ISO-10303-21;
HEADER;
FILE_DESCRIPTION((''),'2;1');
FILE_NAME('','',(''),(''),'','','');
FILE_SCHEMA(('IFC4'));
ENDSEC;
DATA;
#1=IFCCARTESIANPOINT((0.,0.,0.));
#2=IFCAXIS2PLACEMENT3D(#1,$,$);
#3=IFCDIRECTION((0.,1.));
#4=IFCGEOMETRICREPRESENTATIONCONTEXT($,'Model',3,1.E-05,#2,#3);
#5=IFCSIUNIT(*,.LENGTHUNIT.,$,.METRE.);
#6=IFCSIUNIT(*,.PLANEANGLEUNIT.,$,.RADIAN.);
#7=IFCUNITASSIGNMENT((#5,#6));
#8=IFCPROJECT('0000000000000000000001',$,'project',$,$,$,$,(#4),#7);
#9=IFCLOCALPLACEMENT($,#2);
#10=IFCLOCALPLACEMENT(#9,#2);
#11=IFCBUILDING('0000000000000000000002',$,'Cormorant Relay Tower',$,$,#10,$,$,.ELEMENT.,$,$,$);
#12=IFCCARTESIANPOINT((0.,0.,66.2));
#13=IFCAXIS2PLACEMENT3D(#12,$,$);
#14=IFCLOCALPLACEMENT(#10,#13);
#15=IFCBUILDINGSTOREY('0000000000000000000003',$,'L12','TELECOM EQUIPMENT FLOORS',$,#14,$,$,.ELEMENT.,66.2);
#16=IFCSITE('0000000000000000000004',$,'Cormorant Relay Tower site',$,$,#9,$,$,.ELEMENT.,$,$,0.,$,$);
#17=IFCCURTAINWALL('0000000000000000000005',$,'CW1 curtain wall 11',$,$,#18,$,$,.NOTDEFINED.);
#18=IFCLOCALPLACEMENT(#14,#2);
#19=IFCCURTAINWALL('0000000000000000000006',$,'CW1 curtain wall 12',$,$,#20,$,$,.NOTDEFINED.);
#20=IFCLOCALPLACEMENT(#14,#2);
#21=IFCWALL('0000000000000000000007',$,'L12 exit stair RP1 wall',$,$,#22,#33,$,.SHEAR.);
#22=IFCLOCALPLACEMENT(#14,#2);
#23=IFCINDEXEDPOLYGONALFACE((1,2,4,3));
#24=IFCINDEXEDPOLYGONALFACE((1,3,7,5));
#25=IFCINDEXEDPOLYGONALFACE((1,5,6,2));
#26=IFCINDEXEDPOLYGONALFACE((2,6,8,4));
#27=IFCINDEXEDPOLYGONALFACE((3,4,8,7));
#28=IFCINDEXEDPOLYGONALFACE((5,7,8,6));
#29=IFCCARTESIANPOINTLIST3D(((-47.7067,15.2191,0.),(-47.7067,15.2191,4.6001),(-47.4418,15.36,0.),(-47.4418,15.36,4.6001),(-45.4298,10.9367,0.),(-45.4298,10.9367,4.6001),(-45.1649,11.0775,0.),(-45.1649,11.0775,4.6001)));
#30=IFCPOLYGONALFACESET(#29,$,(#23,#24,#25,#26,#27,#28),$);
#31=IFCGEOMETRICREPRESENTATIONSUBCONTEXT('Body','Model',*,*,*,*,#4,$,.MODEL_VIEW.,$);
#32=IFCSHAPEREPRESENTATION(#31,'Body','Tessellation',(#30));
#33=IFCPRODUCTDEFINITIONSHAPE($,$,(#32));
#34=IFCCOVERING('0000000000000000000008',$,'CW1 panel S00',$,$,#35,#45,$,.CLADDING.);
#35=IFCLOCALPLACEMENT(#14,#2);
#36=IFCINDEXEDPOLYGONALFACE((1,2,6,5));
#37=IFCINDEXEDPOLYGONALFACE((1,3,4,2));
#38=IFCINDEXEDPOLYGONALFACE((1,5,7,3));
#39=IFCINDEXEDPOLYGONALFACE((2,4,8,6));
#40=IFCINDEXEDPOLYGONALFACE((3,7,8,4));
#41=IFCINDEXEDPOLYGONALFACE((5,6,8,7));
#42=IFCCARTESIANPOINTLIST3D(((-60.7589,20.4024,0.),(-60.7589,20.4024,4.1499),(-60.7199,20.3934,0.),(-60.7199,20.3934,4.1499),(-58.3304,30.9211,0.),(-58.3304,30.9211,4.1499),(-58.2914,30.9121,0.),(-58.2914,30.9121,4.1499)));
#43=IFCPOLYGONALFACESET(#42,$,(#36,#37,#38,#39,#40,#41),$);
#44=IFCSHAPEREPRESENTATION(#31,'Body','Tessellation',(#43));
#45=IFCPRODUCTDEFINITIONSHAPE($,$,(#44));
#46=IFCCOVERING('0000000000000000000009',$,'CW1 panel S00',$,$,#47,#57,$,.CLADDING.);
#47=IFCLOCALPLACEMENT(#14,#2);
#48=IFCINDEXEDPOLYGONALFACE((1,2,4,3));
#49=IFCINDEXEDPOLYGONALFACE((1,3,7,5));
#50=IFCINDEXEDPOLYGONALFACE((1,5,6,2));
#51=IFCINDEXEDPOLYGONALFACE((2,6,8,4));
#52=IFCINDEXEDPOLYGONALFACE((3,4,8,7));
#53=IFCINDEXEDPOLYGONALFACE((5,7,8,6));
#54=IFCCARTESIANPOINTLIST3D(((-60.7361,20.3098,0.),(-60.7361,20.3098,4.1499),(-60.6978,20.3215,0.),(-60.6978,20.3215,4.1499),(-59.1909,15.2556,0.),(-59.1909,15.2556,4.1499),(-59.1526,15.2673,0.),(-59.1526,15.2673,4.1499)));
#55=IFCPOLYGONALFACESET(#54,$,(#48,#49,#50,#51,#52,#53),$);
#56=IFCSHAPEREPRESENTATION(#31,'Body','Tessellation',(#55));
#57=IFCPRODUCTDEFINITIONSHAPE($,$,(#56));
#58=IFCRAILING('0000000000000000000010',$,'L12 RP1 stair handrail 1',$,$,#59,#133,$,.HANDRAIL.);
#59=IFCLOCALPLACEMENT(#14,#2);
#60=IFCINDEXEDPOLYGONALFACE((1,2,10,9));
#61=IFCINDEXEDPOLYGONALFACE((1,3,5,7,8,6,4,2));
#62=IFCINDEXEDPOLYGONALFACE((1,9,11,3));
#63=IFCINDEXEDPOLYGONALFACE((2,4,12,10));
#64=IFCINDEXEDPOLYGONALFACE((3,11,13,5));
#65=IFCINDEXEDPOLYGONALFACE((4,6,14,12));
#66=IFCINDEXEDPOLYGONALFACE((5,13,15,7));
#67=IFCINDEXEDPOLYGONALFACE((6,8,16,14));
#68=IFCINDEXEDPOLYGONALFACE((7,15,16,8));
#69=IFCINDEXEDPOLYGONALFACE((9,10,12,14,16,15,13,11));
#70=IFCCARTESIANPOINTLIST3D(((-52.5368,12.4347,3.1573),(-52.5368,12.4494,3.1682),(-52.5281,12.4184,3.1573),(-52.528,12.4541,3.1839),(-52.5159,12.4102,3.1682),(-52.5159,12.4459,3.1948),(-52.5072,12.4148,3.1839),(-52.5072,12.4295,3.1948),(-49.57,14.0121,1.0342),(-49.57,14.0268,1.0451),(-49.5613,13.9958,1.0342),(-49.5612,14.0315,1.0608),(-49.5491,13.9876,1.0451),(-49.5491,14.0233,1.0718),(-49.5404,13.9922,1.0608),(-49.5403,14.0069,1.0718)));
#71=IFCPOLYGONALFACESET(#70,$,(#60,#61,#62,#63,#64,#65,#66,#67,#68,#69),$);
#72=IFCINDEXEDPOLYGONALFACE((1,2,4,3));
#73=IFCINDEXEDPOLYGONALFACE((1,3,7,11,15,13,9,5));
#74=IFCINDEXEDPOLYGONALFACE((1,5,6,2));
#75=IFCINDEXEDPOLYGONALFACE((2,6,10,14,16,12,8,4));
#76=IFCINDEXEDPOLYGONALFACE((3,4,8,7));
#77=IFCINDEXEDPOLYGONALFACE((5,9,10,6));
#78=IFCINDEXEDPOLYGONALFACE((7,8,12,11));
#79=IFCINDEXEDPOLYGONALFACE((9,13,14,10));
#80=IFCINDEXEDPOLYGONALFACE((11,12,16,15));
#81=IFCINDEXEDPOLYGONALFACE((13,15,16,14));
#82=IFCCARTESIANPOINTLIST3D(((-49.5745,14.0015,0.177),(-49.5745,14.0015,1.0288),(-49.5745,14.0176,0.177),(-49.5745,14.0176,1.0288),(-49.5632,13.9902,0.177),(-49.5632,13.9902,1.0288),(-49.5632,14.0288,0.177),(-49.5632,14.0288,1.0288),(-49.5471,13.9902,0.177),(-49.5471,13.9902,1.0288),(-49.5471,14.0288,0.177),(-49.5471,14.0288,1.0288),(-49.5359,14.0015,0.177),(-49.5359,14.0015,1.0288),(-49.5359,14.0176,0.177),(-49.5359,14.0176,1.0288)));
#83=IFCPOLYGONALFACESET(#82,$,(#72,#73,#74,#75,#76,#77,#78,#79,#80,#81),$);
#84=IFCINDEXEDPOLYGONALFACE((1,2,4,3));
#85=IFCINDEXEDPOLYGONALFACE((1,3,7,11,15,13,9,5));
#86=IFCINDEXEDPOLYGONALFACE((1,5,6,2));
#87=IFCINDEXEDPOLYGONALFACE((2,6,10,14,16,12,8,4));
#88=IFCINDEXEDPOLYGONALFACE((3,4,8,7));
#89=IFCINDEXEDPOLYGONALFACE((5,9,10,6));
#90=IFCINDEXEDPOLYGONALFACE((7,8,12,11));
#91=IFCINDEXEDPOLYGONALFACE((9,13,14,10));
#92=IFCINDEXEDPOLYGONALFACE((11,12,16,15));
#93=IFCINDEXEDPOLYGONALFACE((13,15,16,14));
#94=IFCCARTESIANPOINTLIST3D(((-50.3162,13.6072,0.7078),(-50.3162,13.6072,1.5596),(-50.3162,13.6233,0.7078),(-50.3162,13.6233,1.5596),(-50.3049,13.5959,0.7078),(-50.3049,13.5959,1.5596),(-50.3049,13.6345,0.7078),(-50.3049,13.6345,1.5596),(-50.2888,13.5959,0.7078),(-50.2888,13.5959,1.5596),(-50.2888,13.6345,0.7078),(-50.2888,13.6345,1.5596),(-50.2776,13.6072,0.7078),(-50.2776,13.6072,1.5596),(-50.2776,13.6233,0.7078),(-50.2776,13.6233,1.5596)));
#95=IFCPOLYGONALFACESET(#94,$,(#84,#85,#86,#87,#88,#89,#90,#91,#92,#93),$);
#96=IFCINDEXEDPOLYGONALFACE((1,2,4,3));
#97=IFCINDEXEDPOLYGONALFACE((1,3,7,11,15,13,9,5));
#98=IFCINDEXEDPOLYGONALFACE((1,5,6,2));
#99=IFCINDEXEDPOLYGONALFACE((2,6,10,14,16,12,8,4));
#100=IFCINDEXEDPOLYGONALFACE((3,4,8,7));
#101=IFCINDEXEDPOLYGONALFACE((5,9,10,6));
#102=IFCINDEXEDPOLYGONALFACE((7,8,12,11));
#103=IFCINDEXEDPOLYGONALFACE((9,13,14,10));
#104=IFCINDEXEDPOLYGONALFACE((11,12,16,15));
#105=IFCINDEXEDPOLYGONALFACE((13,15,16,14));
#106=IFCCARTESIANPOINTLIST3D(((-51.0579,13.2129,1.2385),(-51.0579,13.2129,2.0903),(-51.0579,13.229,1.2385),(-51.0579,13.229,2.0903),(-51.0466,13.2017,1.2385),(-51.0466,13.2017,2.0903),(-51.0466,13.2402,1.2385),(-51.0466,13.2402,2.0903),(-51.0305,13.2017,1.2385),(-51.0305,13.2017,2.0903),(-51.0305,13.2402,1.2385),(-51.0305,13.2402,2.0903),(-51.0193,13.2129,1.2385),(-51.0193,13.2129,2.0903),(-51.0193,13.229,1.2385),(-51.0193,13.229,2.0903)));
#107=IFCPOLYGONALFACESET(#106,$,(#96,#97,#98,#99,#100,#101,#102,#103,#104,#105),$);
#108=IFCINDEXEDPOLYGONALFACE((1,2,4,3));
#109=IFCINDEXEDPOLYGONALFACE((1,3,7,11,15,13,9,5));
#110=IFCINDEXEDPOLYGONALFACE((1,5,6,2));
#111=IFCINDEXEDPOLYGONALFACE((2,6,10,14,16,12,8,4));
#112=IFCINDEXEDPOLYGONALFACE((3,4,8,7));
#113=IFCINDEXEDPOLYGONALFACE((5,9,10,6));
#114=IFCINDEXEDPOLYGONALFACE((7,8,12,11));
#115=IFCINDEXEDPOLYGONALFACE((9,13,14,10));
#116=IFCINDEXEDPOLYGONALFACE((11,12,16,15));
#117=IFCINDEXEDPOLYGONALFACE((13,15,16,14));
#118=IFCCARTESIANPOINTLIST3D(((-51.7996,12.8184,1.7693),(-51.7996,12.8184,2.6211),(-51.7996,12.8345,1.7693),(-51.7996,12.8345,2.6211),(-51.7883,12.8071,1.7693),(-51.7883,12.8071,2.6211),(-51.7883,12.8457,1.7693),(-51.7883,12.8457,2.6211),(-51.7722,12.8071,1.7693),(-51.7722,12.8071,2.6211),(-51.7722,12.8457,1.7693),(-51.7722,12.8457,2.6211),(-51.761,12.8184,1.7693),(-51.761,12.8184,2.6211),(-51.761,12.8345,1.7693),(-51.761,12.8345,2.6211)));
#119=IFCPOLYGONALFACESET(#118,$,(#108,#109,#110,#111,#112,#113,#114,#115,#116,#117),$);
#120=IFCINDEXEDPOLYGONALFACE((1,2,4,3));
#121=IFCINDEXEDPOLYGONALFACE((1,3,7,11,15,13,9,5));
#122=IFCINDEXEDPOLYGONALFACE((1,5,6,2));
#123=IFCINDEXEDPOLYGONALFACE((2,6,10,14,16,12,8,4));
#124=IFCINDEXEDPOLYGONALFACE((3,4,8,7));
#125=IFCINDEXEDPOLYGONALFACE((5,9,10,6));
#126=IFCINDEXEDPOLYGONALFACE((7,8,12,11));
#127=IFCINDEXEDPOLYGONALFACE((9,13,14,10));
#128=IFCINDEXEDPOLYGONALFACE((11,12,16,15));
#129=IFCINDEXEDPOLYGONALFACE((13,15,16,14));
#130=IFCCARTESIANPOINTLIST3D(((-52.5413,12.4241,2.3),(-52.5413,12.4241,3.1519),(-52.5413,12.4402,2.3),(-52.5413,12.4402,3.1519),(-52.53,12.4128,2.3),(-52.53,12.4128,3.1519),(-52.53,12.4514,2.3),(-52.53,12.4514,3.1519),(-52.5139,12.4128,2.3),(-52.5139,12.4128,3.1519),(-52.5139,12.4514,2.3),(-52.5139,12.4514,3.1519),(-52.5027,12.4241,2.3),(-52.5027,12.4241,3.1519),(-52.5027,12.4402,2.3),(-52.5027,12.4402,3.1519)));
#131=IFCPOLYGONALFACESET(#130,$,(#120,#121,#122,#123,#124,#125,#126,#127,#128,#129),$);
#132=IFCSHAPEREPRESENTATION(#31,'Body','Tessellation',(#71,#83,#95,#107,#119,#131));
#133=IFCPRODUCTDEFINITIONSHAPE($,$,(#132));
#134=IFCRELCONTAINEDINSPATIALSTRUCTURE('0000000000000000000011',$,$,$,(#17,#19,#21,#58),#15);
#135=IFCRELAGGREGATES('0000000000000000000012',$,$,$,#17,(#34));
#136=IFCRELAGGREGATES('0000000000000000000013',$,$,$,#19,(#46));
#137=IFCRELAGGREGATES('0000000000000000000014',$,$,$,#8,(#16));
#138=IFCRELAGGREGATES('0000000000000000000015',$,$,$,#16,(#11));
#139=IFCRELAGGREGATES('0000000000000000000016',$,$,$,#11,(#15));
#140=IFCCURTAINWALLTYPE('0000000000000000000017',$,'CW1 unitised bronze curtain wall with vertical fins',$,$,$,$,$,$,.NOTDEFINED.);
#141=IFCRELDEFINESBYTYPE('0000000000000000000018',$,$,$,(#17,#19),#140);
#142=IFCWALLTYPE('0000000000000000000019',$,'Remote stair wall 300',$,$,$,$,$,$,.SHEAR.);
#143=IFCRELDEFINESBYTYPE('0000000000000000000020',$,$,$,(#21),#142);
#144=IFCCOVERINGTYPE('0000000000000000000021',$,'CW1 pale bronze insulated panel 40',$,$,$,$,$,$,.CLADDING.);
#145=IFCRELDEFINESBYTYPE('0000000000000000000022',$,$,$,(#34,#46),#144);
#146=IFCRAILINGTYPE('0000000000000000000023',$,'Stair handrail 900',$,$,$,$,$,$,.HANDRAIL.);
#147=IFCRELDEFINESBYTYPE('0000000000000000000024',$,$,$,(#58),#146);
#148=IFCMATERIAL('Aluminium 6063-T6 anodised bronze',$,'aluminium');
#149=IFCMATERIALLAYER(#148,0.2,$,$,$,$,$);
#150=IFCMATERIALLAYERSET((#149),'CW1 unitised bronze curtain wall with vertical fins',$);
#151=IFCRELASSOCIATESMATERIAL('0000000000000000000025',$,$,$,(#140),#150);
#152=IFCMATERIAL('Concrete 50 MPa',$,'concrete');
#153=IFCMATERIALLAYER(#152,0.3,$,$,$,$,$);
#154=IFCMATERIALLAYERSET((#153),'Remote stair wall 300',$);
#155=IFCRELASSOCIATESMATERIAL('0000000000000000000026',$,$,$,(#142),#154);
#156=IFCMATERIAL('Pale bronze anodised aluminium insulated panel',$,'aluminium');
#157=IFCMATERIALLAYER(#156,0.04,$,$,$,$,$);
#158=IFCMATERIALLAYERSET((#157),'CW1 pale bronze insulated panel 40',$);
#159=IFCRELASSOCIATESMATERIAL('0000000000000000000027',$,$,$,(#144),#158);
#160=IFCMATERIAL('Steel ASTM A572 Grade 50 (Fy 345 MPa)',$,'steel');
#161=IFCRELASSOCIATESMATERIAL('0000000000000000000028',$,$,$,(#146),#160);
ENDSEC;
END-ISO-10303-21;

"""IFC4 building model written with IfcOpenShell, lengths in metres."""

from ifc_helpers import new_model, si_unit, direction, frame, frame_2d, origin, origin_2d, place, context, subcontext, project, spatial, polyline, rectangle, outline, extrude, material, layer, layer_set, type_object, element, aggregate, save


model = new_model("IFC4")

# Units and contexts
model_context = context("Model", 3, precision=1e-05, world=origin(), true_north=direction((0.0, 1.0)))
body_context = subcontext(model_context, "Body", "Model", "MODEL_VIEW")
ifc_project = project(units=[si_unit("LENGTHUNIT", "METRE"), si_unit("PLANEANGLEUNIT", "RADIAN")], contexts=[model_context])

# Site, building, storey
site_placement = place(None, origin())
site = spatial("IfcSite", under=ifc_project, at=site_placement, Name="Cormorant Relay Tower site", CompositionType="ELEMENT", RefElevation=0.0)
building_placement = place(site_placement, origin())
building = spatial("IfcBuilding", under=site, at=building_placement, Name="Cormorant Relay Tower", CompositionType="ELEMENT")
storey_placement = place(building_placement, frame((0.0, 0.0, 66.2)))
storey = spatial("IfcBuildingStorey", under=building, at=storey_placement, Name="L12", Description="TELECOM EQUIPMENT FLOORS", CompositionType="ELEMENT", Elevation=66.2)

# Curtain wall
ifc_material_1 = material(Name="Aluminium 6063-T6 anodised bronze", Category="aluminium")
ifc_layer_1 = layer(ifc_material_1, 0.2)
ifc_layer_set_1 = layer_set([ifc_layer_1], Name="CW1 unitised bronze curtain wall with vertical fins")
curtain_wall_type = type_object("IfcCurtainWallType", Name="CW1 unitised bronze curtain wall with vertical fins", PredefinedType="NOTDEFINED", material=ifc_layer_set_1)
curtain_wall_1_placement = place(storey_placement, origin())
curtain_wall_1 = element("IfcCurtainWall", 1, at=curtain_wall_1_placement, inside=storey, type_object=curtain_wall_type, Name="CW1 curtain wall 11", PredefinedType="NOTDEFINED")

# Curtain wall
curtain_wall_2_placement = place(storey_placement, origin())
curtain_wall_2 = element("IfcCurtainWall", 2, at=curtain_wall_2_placement, inside=storey, type_object=curtain_wall_type, Name="CW1 curtain wall 12", PredefinedType="NOTDEFINED")

# Wall
ifc_material_2 = material(Name="Concrete 50 MPa", Category="concrete")
ifc_layer_2 = layer(ifc_material_2, 0.3)
ifc_layer_set_2 = layer_set([ifc_layer_2], Name="Remote stair wall 300")
wall_type_1 = type_object("IfcWallType", Name="Remote stair wall 300", PredefinedType="SHEAR", material=ifc_layer_set_2)
wall_1_placement = place(storey_placement, frame((-47.5742, 15.2896, 0.0), z_axis=(0.0, 0.0, 1.0), x_axis=(0.469443, -0.882963, 0.0)))
element("IfcWall", 3, at=wall_1_placement, inside=storey, type_object=wall_type_1, Name="L12 exit stair RP1 wall", PredefinedType="SHEAR", context=body_context, shape_type="SweptSolid", body=[
    extrude(rectangle(XDim=4.8501, YDim=0.3, at=frame_2d((2.425, 0.0))), origin(), (0.0, 0.0, 1.0), 4.6001),
])

# Coverings
ifc_material_3 = material(Name="Pale bronze anodised aluminium insulated panel", Category="aluminium")
ifc_layer_3 = layer(ifc_material_3, 0.04)
ifc_layer_set_3 = layer_set([ifc_layer_3], Name="CW1 pale bronze insulated panel 40")
covering_type = type_object("IfcCoveringType", Name="CW1 pale bronze insulated panel 40", PredefinedType="CLADDING", material=ifc_layer_set_3)
covering_1_placement = place(storey_placement, frame((-59.5251, 25.6572, 0.0), z_axis=(0.0, 0.0, 1.0), x_axis=(-0.224951, -0.97437, 0.0)))
covering_1 = element("IfcCovering", 4, at=covering_1_placement, type_object=covering_type, Name="CW1 panel S00", PredefinedType="CLADDING", context=body_context, shape_type="SweptSolid", body=[
    extrude(rectangle(XDim=10.7954, YDim=0.04, at=origin_2d()), origin(), (0.0, 0.0, 1.0), 4.1499),
])
aggregate(curtain_wall_1, [covering_1])
covering_2_placement = place(storey_placement, frame((-59.9443, 17.7886, 0.0), z_axis=(0.0, 0.0, 1.0), x_axis=(0.292372, -0.956305, 0.0)))
covering_2 = element("IfcCovering", 5, at=covering_2_placement, type_object=covering_type, Name="CW1 panel S00", PredefinedType="CLADDING", context=body_context, shape_type="SweptSolid", body=[
    extrude(rectangle(XDim=5.2852, YDim=0.04, at=origin_2d()), origin(), (0.0, 0.0, 1.0), 4.1499),
])
aggregate(curtain_wall_2, [covering_2])

# Railing
ifc_material_4 = material(Name="Steel ASTM A572 Grade 50 (Fy 345 MPa)", Category="steel")
railing_type = type_object("IfcRailingType", Name="Stair handrail 900", PredefinedType="HANDRAIL", material=ifc_material_4)
railing_placement = place(storey_placement, frame((-49.5552, 14.0095, 0.177)))
element("IfcRailing", 6, at=railing_placement, inside=storey, type_object=railing_type, Name="L12 RP1 stair handrail 1", PredefinedType="HANDRAIL", context=body_context, shape_type="SweptSolid", body=[
    extrude(outline(polyline([(0.0222, 0.0093), (0.0093, 0.0222), (-0.0093, 0.0222), (-0.0222, 0.0093), (-0.0222, -0.0093), (-0.0093, -0.0222), (0.0093, -0.0222), (0.0222, -0.0093), (0.0222, 0.0093)])), frame((0.0, 0.0, 0.876), z_axis=(-0.746441, -0.396869, 0.534155), x_axis=(0.469453, -0.882958, 0.0)), (0.0, 0.0, 1.0), 3.9746),
    extrude(outline(polyline([(0.0193, 0.0081), (0.0081, 0.0193), (-0.0081, 0.0193), (-0.0193, 0.0081), (-0.0193, -0.0081), (-0.0081, -0.0193), (0.0081, -0.0193), (0.0193, -0.0081), (0.0193, 0.0081)])), origin(), (0.0, 0.0, 1.0), 0.8518),
    extrude(outline(polyline([(0.0193, 0.0081), (0.0081, 0.0193), (-0.0081, 0.0193), (-0.0193, 0.0081), (-0.0193, -0.0081), (-0.0081, -0.0193), (0.0081, -0.0193), (0.0193, -0.0081), (0.0193, 0.0081)])), frame((-0.7417, -0.3943, 0.5308)), (0.0, 0.0, 1.0), 0.8518),
    extrude(outline(polyline([(0.0193, 0.0081), (0.0081, 0.0193), (-0.0081, 0.0193), (-0.0193, 0.0081), (-0.0193, -0.0081), (-0.0081, -0.0193), (0.0081, -0.0193), (0.0193, -0.0081), (0.0193, 0.0081)])), frame((-1.4834, -0.7886, 1.0615)), (0.0, 0.0, 1.0), 0.8518),
    extrude(outline(polyline([(0.0193, 0.0081), (0.0081, 0.0193), (-0.0081, 0.0193), (-0.0193, 0.0081), (-0.0193, -0.0081), (-0.0081, -0.0193), (0.0081, -0.0193), (0.0193, -0.0081), (0.0193, 0.0081)])), frame((-2.2251, -1.1831, 1.5923)), (0.0, 0.0, 1.0), 0.8518),
    extrude(outline(polyline([(0.0193, 0.0081), (0.0081, 0.0193), (-0.0081, 0.0193), (-0.0193, 0.0081), (-0.0193, -0.0081), (-0.0081, -0.0193), (0.0081, -0.0193), (0.0193, -0.0081), (0.0193, 0.0081)])), frame((-2.9668, -1.5774, 2.123)), (0.0, 0.0, 1.0), 0.8518),
])

save(model, "model.ifc")
